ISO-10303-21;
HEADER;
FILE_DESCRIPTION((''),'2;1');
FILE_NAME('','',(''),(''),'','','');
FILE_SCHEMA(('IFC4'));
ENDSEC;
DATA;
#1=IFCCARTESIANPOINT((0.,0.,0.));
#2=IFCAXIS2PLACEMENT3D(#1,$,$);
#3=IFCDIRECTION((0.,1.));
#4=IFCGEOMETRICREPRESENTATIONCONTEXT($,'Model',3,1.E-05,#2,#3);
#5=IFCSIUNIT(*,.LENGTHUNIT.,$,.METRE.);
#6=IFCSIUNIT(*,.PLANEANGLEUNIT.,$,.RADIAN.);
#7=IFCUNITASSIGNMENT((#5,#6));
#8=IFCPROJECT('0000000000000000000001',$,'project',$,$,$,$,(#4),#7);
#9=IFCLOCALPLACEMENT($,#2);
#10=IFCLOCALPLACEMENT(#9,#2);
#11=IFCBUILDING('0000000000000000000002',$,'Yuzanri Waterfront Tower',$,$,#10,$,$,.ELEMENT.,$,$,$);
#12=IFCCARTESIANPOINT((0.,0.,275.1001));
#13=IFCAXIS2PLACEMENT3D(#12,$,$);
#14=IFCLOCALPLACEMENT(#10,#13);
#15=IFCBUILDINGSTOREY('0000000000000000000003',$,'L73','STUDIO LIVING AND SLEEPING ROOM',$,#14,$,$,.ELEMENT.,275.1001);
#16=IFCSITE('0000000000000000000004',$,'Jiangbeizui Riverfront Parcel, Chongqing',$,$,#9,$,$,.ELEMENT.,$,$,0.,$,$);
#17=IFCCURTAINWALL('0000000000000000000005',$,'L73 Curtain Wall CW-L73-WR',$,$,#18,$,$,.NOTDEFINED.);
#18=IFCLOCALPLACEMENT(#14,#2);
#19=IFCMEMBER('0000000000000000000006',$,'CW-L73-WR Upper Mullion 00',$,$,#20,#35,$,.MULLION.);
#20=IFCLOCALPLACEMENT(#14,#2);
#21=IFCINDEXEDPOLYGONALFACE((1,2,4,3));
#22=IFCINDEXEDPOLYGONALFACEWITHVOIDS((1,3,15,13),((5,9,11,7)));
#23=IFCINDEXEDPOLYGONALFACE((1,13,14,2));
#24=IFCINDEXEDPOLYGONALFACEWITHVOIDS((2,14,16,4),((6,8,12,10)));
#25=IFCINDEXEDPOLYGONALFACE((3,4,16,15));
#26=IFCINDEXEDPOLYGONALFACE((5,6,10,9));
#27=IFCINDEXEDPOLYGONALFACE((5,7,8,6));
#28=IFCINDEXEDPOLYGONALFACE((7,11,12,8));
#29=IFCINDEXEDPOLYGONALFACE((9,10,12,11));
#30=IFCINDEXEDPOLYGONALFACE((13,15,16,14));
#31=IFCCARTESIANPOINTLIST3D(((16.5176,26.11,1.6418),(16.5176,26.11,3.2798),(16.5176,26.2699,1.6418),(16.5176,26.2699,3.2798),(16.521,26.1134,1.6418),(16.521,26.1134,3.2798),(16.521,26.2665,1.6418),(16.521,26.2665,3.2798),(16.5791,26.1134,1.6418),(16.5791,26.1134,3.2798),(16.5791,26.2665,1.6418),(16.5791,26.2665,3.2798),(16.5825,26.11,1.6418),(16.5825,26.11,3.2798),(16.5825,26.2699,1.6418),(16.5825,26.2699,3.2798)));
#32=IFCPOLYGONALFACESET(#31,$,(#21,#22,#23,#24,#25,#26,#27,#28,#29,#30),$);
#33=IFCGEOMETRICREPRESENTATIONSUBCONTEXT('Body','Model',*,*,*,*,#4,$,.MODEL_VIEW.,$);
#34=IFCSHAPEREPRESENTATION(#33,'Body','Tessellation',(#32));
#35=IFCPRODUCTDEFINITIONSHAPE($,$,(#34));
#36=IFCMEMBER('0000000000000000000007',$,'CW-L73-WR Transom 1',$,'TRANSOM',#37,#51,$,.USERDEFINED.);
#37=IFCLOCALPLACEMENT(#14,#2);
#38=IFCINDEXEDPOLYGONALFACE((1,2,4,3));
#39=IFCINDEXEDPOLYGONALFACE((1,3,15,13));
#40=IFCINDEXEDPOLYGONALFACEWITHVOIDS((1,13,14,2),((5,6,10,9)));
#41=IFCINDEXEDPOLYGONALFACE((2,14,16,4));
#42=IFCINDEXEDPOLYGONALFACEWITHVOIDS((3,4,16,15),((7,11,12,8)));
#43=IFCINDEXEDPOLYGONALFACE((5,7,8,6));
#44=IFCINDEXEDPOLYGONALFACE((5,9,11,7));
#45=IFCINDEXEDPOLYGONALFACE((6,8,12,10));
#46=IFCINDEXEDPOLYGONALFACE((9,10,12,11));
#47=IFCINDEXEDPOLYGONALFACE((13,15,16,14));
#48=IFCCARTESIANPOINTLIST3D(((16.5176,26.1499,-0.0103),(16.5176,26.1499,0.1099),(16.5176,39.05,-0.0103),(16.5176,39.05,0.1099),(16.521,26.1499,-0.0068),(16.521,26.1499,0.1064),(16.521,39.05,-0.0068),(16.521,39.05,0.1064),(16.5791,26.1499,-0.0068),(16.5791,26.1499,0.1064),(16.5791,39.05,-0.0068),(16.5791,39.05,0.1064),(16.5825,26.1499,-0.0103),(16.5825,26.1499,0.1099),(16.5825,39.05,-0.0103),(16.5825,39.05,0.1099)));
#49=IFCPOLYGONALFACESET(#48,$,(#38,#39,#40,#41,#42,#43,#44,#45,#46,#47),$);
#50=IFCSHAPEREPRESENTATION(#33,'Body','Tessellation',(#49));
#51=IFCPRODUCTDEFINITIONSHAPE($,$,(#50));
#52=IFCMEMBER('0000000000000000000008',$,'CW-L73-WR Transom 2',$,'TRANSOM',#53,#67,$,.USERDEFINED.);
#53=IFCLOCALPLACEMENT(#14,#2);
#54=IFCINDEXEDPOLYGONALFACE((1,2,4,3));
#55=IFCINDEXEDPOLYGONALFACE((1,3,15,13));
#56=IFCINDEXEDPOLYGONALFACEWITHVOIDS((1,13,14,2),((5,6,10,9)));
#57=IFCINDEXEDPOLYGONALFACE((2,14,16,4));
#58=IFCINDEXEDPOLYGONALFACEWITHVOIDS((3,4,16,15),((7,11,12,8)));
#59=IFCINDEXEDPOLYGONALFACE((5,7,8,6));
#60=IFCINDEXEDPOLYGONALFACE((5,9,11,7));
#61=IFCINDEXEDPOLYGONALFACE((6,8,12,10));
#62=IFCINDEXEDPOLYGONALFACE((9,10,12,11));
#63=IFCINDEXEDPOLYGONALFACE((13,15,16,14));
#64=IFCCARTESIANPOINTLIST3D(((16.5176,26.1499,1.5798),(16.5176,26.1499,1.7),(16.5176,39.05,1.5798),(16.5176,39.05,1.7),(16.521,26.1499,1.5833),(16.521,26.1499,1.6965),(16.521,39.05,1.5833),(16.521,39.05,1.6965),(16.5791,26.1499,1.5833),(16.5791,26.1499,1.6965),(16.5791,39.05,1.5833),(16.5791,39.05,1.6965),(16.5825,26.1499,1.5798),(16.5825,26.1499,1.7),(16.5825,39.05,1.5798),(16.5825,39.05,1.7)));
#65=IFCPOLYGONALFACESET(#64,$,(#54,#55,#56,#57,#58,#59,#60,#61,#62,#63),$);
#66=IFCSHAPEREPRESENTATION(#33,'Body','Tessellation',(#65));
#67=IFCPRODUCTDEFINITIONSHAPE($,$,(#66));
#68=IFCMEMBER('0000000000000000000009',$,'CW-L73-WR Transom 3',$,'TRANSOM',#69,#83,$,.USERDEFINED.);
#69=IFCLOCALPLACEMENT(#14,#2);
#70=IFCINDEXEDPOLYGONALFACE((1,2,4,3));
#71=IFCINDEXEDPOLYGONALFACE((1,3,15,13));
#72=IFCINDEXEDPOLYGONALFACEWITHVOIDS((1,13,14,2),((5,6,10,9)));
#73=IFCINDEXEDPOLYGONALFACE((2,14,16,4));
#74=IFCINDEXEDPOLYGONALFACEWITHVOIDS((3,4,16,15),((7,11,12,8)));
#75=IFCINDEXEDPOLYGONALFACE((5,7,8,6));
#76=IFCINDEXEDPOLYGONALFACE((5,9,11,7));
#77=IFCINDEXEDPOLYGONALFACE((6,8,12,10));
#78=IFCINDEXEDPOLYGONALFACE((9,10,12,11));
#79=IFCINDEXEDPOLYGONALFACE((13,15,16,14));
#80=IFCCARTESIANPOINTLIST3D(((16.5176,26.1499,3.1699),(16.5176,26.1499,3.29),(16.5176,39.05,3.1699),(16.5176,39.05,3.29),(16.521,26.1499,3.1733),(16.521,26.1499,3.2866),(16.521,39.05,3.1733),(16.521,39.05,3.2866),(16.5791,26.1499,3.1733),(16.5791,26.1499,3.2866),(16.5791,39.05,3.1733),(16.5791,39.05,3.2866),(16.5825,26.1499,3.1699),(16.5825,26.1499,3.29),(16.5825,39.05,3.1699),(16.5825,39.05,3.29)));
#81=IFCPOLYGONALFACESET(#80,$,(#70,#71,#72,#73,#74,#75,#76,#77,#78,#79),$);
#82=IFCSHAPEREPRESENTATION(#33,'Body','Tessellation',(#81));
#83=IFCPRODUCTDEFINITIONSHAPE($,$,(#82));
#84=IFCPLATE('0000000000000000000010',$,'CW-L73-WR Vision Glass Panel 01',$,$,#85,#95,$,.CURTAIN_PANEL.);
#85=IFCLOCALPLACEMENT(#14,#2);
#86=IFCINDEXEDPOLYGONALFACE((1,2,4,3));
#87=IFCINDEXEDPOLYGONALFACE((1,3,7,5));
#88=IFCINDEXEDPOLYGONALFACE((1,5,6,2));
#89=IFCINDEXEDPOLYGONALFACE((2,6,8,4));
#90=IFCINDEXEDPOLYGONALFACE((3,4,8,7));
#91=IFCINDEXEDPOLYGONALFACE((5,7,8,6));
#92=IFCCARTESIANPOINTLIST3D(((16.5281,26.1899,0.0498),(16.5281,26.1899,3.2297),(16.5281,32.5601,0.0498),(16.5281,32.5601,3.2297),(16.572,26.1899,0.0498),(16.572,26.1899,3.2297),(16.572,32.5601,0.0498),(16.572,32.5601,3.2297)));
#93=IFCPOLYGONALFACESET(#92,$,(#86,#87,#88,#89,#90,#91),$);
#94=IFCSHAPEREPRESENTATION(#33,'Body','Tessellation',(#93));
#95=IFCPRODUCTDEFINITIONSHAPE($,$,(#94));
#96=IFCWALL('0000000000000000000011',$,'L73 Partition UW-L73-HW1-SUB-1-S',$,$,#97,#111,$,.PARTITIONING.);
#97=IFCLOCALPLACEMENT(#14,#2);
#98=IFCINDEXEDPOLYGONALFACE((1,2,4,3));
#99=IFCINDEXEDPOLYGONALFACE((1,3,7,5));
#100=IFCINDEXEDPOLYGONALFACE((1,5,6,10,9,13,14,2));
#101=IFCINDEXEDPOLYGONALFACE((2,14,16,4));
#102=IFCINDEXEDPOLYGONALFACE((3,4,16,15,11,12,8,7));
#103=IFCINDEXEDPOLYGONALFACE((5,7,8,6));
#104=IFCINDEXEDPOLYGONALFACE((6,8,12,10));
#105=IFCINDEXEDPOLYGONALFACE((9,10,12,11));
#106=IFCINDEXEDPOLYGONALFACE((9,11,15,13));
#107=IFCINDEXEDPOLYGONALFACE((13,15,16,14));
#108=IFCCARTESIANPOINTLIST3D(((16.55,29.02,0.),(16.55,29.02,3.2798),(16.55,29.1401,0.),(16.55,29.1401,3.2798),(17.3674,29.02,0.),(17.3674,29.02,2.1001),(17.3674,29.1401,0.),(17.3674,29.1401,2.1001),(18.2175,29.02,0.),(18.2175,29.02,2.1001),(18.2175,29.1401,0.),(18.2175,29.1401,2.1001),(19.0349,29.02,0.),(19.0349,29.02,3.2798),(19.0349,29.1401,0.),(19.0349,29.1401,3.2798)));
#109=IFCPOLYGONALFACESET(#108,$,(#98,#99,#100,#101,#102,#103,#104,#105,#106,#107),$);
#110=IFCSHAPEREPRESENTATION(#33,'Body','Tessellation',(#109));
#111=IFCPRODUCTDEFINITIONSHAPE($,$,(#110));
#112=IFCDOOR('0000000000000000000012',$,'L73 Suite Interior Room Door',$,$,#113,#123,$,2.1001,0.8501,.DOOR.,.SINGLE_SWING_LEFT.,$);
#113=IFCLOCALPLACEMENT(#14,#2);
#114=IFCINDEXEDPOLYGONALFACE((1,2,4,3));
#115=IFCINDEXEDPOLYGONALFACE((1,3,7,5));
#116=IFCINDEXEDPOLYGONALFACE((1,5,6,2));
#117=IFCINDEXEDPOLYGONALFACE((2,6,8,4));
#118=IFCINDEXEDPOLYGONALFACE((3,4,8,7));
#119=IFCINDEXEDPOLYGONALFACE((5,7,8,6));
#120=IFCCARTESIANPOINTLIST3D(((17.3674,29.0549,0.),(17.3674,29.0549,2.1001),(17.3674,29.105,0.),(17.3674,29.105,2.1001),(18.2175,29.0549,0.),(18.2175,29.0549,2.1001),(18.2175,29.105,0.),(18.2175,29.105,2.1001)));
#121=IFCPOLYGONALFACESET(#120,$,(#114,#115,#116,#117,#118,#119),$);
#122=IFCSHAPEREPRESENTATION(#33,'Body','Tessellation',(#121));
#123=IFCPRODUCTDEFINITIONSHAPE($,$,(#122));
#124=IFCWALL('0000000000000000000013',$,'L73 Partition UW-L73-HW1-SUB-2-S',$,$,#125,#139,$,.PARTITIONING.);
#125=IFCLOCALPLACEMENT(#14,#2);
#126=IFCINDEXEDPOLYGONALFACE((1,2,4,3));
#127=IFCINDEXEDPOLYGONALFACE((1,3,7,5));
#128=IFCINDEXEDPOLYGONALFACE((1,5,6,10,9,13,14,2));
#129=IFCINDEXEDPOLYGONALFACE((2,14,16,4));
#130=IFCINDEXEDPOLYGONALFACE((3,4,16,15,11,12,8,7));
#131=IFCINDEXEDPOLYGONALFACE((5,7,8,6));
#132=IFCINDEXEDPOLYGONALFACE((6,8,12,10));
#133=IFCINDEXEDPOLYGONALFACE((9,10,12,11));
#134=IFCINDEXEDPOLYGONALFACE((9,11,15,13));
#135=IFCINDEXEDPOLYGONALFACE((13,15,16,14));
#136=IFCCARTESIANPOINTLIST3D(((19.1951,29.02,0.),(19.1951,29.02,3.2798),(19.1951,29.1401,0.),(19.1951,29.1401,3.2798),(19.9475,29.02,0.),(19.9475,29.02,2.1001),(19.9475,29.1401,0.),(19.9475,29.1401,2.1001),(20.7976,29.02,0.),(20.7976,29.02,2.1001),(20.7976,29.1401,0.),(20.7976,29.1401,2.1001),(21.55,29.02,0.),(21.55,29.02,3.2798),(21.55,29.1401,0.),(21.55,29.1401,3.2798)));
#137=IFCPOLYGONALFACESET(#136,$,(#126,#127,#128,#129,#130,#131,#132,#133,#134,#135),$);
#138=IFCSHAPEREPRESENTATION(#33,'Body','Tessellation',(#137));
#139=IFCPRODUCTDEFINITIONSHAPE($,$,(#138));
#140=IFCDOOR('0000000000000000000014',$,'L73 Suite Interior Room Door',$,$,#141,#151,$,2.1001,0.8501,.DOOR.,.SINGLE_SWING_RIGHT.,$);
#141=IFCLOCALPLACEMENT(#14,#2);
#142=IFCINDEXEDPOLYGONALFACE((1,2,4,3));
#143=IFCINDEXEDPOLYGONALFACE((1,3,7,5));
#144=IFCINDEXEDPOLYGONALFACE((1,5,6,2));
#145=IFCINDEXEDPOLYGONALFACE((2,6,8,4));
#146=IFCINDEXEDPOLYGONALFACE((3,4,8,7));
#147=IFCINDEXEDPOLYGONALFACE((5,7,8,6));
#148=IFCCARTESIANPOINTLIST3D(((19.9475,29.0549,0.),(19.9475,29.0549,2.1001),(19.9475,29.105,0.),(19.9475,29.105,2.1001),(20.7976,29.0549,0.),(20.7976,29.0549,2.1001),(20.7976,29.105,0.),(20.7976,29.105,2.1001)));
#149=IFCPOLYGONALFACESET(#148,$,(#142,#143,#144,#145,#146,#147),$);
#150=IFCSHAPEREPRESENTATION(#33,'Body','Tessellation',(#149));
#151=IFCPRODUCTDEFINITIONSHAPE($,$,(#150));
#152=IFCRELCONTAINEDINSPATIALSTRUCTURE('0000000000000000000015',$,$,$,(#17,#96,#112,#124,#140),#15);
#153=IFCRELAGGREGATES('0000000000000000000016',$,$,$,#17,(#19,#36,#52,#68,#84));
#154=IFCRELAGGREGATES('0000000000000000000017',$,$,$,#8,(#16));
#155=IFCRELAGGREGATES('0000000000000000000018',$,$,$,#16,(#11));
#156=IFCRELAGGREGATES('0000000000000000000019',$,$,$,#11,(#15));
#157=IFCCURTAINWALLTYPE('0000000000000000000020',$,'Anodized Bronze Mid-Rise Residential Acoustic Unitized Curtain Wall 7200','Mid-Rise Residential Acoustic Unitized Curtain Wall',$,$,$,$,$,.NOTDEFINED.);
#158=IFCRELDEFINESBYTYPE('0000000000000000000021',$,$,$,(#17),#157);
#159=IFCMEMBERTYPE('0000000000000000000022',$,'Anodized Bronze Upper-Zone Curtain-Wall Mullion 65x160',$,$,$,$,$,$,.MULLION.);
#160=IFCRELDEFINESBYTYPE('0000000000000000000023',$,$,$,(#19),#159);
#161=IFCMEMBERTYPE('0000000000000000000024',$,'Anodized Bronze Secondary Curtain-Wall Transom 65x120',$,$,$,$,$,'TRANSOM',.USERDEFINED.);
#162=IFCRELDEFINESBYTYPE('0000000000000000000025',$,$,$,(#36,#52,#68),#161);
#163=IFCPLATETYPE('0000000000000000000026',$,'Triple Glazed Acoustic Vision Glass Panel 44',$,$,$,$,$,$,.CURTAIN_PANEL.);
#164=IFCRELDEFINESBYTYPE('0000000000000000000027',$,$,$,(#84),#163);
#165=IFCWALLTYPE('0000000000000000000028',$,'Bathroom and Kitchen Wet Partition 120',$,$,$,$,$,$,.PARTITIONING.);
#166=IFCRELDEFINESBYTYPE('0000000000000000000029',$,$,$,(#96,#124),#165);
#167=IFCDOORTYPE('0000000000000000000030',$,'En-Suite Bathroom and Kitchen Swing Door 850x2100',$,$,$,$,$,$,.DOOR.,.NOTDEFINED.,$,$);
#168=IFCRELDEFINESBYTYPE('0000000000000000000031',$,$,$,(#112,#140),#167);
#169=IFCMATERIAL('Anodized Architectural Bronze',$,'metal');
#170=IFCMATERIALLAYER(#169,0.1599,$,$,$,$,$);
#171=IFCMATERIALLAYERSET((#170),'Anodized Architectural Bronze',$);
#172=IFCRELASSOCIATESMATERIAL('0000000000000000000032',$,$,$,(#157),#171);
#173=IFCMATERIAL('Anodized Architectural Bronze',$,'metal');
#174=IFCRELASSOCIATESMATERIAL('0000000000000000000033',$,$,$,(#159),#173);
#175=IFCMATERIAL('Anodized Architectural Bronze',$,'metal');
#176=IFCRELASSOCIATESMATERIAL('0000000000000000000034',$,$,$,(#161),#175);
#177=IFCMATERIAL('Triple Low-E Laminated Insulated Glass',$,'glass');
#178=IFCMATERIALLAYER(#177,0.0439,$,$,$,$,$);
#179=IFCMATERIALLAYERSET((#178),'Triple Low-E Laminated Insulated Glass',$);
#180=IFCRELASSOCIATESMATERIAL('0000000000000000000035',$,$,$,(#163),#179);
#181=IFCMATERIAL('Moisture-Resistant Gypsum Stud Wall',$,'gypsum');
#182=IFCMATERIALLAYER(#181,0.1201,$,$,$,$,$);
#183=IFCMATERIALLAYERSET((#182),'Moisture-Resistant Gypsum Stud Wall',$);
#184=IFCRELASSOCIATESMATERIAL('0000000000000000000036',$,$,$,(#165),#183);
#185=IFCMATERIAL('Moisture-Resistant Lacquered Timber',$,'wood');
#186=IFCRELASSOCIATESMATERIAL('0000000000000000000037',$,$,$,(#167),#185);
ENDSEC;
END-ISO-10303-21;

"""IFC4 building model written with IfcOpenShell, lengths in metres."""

from ifc_helpers import new_model, si_unit, direction, frame, frame_2d, origin, origin_2d, place, context, subcontext, project, spatial, rectangle, hollow_rectangle, extrude, source, transform, mapped, material, layer, layer_set, material_profile, profile_set, type_object, element, fill, aggregate, save


model = new_model("IFC4")

# Units and contexts
model_context = context("Model", 3, precision=1e-05, world=origin(), true_north=direction((0.0, 1.0)))
body_context = subcontext(model_context, "Body", "Model", "MODEL_VIEW")
ifc_project = project(units=[si_unit("LENGTHUNIT", "METRE"), si_unit("PLANEANGLEUNIT", "RADIAN")], contexts=[model_context])

# Site, building, storey
site_placement = place(None, origin())
site = spatial("IfcSite", under=ifc_project, at=site_placement, Name="Jiangbeizui Riverfront Parcel, Chongqing", CompositionType="ELEMENT", RefElevation=0.0)
building_placement = place(site_placement, origin())
building = spatial("IfcBuilding", under=site, at=building_placement, Name="Yuzanri Waterfront Tower", CompositionType="ELEMENT")
storey_placement = place(building_placement, frame((0.0, 0.0, 275.1001)))
storey = spatial("IfcBuildingStorey", under=building, at=storey_placement, Name="L73", Description="STUDIO LIVING AND SLEEPING ROOM", CompositionType="ELEMENT", Elevation=275.1001)

# Shared definitions
ifc_material_1 = material(Name="Anodized Architectural Bronze", Category="metal")
ifc_layer_1 = layer(ifc_material_1, 0.1599)
ifc_layer_set_1 = layer_set([ifc_layer_1], Name="Anodized Architectural Bronze")
curtain_wall_type = type_object("IfcCurtainWallType", Name="Anodized Bronze Mid-Rise Residential Acoustic Unitized Curtain Wall 7200", Description="Mid-Rise Residential Acoustic Unitized Curtain Wall", PredefinedType="NOTDEFINED", material=ifc_layer_set_1)
ifc_material_2 = material(Name="Anodized Architectural Bronze", Category="metal")
ifc_material_profile_1 = material_profile(ifc_material_2, hollow_rectangle(XDim=0.0649, YDim=0.1599, WallThickness=0.0034, at=origin_2d()), Name="CWM 65x160")
ifc_profile_set_1 = profile_set([ifc_material_profile_1], Name="Anodized Architectural Bronze")
member_type_1 = type_object("IfcMemberType", Name="Anodized Bronze Upper-Zone Curtain-Wall Mullion 65x160", PredefinedType="MULLION", material=ifc_profile_set_1)
shared_shape_1 = source(origin(), body_context, "Body", "SweptSolid", [
    extrude(hollow_rectangle(XDim=0.0649, YDim=0.1599, WallThickness=0.0034, at=origin_2d()), origin(), (0.0, 0.0, 1.0), 1.6379),
])

# Curtain wall, members, plate
curtain_wall_1_placement = place(storey_placement, origin())
curtain_wall_1 = element("IfcCurtainWall", 1, at=curtain_wall_1_placement, inside=storey, type_object=curtain_wall_type, Name="L73 Curtain Wall CW-L73-WR", PredefinedType="NOTDEFINED")
member_1_placement = place(storey_placement, frame((16.55, 26.1899, 1.6418), z_axis=(0.0, 0.0, 1.0), x_axis=(1.0, 0.0, 0.0)))
member_1 = element("IfcMember", 2, at=member_1_placement, type_object=member_type_1, Name="CW-L73-WR Upper Mullion 00", PredefinedType="MULLION", context=body_context, shape_type="MappedRepresentation", body=[
    mapped(shared_shape_1, transform((0.0, 0.0, 0.0), scale=1.0)),
])
ifc_material_3 = material(Name="Anodized Architectural Bronze", Category="metal")
ifc_material_profile_2 = material_profile(ifc_material_3, hollow_rectangle(XDim=0.0649, YDim=0.1201, WallThickness=0.0034, at=origin_2d()), Name="CWT 65x120")
ifc_profile_set_2 = profile_set([ifc_material_profile_2], Name="Anodized Architectural Bronze")
member_type_2 = type_object("IfcMemberType", Name="Anodized Bronze Secondary Curtain-Wall Transom 65x120", ElementType="TRANSOM", PredefinedType="USERDEFINED", material=ifc_profile_set_2)
shared_shape_2 = source(origin(), body_context, "Body", "SweptSolid", [
    extrude(hollow_rectangle(XDim=0.0649, YDim=0.1201, WallThickness=0.0034, at=origin_2d()), origin(), (0.0, 0.0, 1.0), 12.9001),
])
member_2_placement = place(storey_placement, frame((16.55, 26.1499, 0.0498), z_axis=(0.0, 1.0, 0.0), x_axis=(-1.0, 0.0, 0.0)))
member_2 = element("IfcMember", 3, at=member_2_placement, type_object=member_type_2, Name="CW-L73-WR Transom 1", ObjectType="TRANSOM", PredefinedType="USERDEFINED", context=body_context, shape_type="MappedRepresentation", body=[
    mapped(shared_shape_2, transform((0.0, 0.0, 0.0), scale=1.0)),
])
member_3_placement = place(storey_placement, frame((16.55, 26.1499, 1.6399), z_axis=(0.0, 1.0, 0.0), x_axis=(-1.0, 0.0, 0.0)))
member_3 = element("IfcMember", 4, at=member_3_placement, type_object=member_type_2, Name="CW-L73-WR Transom 2", ObjectType="TRANSOM", PredefinedType="USERDEFINED", context=body_context, shape_type="MappedRepresentation", body=[
    mapped(shared_shape_2, transform((0.0, 0.0, 0.0), scale=1.0)),
])
member_4_placement = place(storey_placement, frame((16.55, 26.1499, 3.23), z_axis=(0.0, 1.0, 0.0), x_axis=(-1.0, 0.0, 0.0)))
member_4 = element("IfcMember", 5, at=member_4_placement, type_object=member_type_2, Name="CW-L73-WR Transom 3", ObjectType="TRANSOM", PredefinedType="USERDEFINED", context=body_context, shape_type="MappedRepresentation", body=[
    mapped(shared_shape_2, transform((0.0, 0.0, 0.0), scale=1.0)),
])
ifc_material_4 = material(Name="Triple Low-E Laminated Insulated Glass", Category="glass")
ifc_layer_2 = layer(ifc_material_4, 0.0439)
ifc_layer_set_2 = layer_set([ifc_layer_2], Name="Triple Low-E Laminated Insulated Glass")
plate_type = type_object("IfcPlateType", Name="Triple Glazed Acoustic Vision Glass Panel 44", PredefinedType="CURTAIN_PANEL", material=ifc_layer_set_2)
shared_shape_3 = source(origin(), body_context, "Body", "SweptSolid", [
    extrude(rectangle(XDim=6.3701, YDim=0.0439, at=origin_2d()), origin(), (0.0, 0.0, 1.0), 3.1799),
])
plate_placement = place(storey_placement, frame((16.55, 29.375, 0.0498), z_axis=(0.0, 0.0, 1.0), x_axis=(0.0, 1.0, 0.0)))
plate = element("IfcPlate", 6, at=plate_placement, type_object=plate_type, Name="CW-L73-WR Vision Glass Panel 01", PredefinedType="CURTAIN_PANEL", context=body_context, shape_type="MappedRepresentation", body=[
    mapped(shared_shape_3, transform((0.0, 0.0, 0.0), scale=1.0)),
])
aggregate(curtain_wall_1, [member_1, member_2, member_3, member_4, plate])

# Walls, openings, doors
ifc_material_5 = material(Name="Moisture-Resistant Gypsum Stud Wall", Category="gypsum")
ifc_layer_3 = layer(ifc_material_5, 0.1201)
ifc_layer_set_3 = layer_set([ifc_layer_3], Name="Moisture-Resistant Gypsum Stud Wall")
wall_type_1 = type_object("IfcWallType", Name="Bathroom and Kitchen Wet Partition 120", PredefinedType="PARTITIONING", material=ifc_layer_set_3)
wall_1_placement = place(storey_placement, frame((16.55, 29.0801, 0.0), z_axis=(0.0, 0.0, 1.0), x_axis=(1.0, 0.0, 0.0)))
wall_1 = element("IfcWall", 7, at=wall_1_placement, inside=storey, type_object=wall_type_1, Name="L73 Partition UW-L73-HW1-SUB-1-S", PredefinedType="PARTITIONING", context=body_context, shape_type="SweptSolid", body=[
    extrude(rectangle(XDim=2.4849, YDim=0.1201, at=frame_2d((1.2424, 0.0))), origin(), (0.0, 0.0, 1.0), 3.2798),
])
opening_1_placement = place(wall_1_placement, frame((0.8174, 0.0, 0.0)))
opening_1 = element("IfcOpeningElement", 8, at=opening_1_placement, cuts=wall_1, PredefinedType="OPENING", context=body_context, shape_type="SweptSolid", body=[
    extrude(rectangle(XDim=0.8501, YDim=2.1001, at=frame_2d((0.425, 1.05))), frame((0.0, 0.075, 0.0), z_axis=(0.0, -1.0, 0.0), x_axis=(1.0, 0.0, 0.0)), (0.0, 0.0, 1.0), 0.1499),
])
ifc_material_6 = material(Name="Moisture-Resistant Lacquered Timber", Category="wood")
door_type_1 = type_object("IfcDoorType", Name="En-Suite Bathroom and Kitchen Swing Door 850x2100", OperationType="NOTDEFINED", PredefinedType="DOOR", material=ifc_material_6)
shared_shape_4 = source(origin(), body_context, "Body", "SweptSolid", [
    extrude(rectangle(XDim=0.8501, YDim=2.1001, at=frame_2d((0.425, 1.05))), frame((0.0, 0.0249, 0.0), z_axis=(0.0, -1.0, 0.0), x_axis=(1.0, 0.0, 0.0)), (0.0, 0.0, 1.0), 0.05),
])
door_1_placement = place(opening_1_placement, origin())
door_1 = element("IfcDoor", 9, at=door_1_placement, inside=storey, type_object=door_type_1, Name="L73 Suite Interior Room Door", OperationType="SINGLE_SWING_LEFT", OverallHeight=2.1001, OverallWidth=0.8501, PredefinedType="DOOR", context=body_context, shape_type="MappedRepresentation", body=[
    mapped(shared_shape_4, transform((0.0, 0.0, 0.0), scale=1.0)),
])
fill(opening_1, door_1)
wall_2_placement = place(storey_placement, frame((19.1951, 29.0801, 0.0), z_axis=(0.0, 0.0, 1.0), x_axis=(1.0, 0.0, 0.0)))
wall_2 = element("IfcWall", 10, at=wall_2_placement, inside=storey, type_object=wall_type_1, Name="L73 Partition UW-L73-HW1-SUB-2-S", PredefinedType="PARTITIONING", context=body_context, shape_type="SweptSolid", body=[
    extrude(rectangle(XDim=2.355, YDim=0.1201, at=frame_2d((1.1775, 0.0))), origin(), (0.0, 0.0, 1.0), 3.2798),
])
opening_2_placement = place(wall_2_placement, frame((0.7524, 0.0, 0.0)))
opening_2 = element("IfcOpeningElement", 11, at=opening_2_placement, cuts=wall_2, PredefinedType="OPENING", context=body_context, shape_type="SweptSolid", body=[
    extrude(rectangle(XDim=0.8501, YDim=2.1001, at=frame_2d((0.425, 1.05))), frame((0.0, 0.075, 0.0), z_axis=(0.0, -1.0, 0.0), x_axis=(1.0, 0.0, 0.0)), (0.0, 0.0, 1.0), 0.1499),
])
door_2_placement = place(opening_2_placement, origin())
door_2 = element("IfcDoor", 12, at=door_2_placement, inside=storey, type_object=door_type_1, Name="L73 Suite Interior Room Door", OperationType="SINGLE_SWING_RIGHT", OverallHeight=2.1001, OverallWidth=0.8501, PredefinedType="DOOR", context=body_context, shape_type="MappedRepresentation", body=[
    mapped(shared_shape_4, transform((0.0, 0.0, 0.0), scale=1.0)),
])
fill(opening_2, door_2)

save(model, "model.ifc")
